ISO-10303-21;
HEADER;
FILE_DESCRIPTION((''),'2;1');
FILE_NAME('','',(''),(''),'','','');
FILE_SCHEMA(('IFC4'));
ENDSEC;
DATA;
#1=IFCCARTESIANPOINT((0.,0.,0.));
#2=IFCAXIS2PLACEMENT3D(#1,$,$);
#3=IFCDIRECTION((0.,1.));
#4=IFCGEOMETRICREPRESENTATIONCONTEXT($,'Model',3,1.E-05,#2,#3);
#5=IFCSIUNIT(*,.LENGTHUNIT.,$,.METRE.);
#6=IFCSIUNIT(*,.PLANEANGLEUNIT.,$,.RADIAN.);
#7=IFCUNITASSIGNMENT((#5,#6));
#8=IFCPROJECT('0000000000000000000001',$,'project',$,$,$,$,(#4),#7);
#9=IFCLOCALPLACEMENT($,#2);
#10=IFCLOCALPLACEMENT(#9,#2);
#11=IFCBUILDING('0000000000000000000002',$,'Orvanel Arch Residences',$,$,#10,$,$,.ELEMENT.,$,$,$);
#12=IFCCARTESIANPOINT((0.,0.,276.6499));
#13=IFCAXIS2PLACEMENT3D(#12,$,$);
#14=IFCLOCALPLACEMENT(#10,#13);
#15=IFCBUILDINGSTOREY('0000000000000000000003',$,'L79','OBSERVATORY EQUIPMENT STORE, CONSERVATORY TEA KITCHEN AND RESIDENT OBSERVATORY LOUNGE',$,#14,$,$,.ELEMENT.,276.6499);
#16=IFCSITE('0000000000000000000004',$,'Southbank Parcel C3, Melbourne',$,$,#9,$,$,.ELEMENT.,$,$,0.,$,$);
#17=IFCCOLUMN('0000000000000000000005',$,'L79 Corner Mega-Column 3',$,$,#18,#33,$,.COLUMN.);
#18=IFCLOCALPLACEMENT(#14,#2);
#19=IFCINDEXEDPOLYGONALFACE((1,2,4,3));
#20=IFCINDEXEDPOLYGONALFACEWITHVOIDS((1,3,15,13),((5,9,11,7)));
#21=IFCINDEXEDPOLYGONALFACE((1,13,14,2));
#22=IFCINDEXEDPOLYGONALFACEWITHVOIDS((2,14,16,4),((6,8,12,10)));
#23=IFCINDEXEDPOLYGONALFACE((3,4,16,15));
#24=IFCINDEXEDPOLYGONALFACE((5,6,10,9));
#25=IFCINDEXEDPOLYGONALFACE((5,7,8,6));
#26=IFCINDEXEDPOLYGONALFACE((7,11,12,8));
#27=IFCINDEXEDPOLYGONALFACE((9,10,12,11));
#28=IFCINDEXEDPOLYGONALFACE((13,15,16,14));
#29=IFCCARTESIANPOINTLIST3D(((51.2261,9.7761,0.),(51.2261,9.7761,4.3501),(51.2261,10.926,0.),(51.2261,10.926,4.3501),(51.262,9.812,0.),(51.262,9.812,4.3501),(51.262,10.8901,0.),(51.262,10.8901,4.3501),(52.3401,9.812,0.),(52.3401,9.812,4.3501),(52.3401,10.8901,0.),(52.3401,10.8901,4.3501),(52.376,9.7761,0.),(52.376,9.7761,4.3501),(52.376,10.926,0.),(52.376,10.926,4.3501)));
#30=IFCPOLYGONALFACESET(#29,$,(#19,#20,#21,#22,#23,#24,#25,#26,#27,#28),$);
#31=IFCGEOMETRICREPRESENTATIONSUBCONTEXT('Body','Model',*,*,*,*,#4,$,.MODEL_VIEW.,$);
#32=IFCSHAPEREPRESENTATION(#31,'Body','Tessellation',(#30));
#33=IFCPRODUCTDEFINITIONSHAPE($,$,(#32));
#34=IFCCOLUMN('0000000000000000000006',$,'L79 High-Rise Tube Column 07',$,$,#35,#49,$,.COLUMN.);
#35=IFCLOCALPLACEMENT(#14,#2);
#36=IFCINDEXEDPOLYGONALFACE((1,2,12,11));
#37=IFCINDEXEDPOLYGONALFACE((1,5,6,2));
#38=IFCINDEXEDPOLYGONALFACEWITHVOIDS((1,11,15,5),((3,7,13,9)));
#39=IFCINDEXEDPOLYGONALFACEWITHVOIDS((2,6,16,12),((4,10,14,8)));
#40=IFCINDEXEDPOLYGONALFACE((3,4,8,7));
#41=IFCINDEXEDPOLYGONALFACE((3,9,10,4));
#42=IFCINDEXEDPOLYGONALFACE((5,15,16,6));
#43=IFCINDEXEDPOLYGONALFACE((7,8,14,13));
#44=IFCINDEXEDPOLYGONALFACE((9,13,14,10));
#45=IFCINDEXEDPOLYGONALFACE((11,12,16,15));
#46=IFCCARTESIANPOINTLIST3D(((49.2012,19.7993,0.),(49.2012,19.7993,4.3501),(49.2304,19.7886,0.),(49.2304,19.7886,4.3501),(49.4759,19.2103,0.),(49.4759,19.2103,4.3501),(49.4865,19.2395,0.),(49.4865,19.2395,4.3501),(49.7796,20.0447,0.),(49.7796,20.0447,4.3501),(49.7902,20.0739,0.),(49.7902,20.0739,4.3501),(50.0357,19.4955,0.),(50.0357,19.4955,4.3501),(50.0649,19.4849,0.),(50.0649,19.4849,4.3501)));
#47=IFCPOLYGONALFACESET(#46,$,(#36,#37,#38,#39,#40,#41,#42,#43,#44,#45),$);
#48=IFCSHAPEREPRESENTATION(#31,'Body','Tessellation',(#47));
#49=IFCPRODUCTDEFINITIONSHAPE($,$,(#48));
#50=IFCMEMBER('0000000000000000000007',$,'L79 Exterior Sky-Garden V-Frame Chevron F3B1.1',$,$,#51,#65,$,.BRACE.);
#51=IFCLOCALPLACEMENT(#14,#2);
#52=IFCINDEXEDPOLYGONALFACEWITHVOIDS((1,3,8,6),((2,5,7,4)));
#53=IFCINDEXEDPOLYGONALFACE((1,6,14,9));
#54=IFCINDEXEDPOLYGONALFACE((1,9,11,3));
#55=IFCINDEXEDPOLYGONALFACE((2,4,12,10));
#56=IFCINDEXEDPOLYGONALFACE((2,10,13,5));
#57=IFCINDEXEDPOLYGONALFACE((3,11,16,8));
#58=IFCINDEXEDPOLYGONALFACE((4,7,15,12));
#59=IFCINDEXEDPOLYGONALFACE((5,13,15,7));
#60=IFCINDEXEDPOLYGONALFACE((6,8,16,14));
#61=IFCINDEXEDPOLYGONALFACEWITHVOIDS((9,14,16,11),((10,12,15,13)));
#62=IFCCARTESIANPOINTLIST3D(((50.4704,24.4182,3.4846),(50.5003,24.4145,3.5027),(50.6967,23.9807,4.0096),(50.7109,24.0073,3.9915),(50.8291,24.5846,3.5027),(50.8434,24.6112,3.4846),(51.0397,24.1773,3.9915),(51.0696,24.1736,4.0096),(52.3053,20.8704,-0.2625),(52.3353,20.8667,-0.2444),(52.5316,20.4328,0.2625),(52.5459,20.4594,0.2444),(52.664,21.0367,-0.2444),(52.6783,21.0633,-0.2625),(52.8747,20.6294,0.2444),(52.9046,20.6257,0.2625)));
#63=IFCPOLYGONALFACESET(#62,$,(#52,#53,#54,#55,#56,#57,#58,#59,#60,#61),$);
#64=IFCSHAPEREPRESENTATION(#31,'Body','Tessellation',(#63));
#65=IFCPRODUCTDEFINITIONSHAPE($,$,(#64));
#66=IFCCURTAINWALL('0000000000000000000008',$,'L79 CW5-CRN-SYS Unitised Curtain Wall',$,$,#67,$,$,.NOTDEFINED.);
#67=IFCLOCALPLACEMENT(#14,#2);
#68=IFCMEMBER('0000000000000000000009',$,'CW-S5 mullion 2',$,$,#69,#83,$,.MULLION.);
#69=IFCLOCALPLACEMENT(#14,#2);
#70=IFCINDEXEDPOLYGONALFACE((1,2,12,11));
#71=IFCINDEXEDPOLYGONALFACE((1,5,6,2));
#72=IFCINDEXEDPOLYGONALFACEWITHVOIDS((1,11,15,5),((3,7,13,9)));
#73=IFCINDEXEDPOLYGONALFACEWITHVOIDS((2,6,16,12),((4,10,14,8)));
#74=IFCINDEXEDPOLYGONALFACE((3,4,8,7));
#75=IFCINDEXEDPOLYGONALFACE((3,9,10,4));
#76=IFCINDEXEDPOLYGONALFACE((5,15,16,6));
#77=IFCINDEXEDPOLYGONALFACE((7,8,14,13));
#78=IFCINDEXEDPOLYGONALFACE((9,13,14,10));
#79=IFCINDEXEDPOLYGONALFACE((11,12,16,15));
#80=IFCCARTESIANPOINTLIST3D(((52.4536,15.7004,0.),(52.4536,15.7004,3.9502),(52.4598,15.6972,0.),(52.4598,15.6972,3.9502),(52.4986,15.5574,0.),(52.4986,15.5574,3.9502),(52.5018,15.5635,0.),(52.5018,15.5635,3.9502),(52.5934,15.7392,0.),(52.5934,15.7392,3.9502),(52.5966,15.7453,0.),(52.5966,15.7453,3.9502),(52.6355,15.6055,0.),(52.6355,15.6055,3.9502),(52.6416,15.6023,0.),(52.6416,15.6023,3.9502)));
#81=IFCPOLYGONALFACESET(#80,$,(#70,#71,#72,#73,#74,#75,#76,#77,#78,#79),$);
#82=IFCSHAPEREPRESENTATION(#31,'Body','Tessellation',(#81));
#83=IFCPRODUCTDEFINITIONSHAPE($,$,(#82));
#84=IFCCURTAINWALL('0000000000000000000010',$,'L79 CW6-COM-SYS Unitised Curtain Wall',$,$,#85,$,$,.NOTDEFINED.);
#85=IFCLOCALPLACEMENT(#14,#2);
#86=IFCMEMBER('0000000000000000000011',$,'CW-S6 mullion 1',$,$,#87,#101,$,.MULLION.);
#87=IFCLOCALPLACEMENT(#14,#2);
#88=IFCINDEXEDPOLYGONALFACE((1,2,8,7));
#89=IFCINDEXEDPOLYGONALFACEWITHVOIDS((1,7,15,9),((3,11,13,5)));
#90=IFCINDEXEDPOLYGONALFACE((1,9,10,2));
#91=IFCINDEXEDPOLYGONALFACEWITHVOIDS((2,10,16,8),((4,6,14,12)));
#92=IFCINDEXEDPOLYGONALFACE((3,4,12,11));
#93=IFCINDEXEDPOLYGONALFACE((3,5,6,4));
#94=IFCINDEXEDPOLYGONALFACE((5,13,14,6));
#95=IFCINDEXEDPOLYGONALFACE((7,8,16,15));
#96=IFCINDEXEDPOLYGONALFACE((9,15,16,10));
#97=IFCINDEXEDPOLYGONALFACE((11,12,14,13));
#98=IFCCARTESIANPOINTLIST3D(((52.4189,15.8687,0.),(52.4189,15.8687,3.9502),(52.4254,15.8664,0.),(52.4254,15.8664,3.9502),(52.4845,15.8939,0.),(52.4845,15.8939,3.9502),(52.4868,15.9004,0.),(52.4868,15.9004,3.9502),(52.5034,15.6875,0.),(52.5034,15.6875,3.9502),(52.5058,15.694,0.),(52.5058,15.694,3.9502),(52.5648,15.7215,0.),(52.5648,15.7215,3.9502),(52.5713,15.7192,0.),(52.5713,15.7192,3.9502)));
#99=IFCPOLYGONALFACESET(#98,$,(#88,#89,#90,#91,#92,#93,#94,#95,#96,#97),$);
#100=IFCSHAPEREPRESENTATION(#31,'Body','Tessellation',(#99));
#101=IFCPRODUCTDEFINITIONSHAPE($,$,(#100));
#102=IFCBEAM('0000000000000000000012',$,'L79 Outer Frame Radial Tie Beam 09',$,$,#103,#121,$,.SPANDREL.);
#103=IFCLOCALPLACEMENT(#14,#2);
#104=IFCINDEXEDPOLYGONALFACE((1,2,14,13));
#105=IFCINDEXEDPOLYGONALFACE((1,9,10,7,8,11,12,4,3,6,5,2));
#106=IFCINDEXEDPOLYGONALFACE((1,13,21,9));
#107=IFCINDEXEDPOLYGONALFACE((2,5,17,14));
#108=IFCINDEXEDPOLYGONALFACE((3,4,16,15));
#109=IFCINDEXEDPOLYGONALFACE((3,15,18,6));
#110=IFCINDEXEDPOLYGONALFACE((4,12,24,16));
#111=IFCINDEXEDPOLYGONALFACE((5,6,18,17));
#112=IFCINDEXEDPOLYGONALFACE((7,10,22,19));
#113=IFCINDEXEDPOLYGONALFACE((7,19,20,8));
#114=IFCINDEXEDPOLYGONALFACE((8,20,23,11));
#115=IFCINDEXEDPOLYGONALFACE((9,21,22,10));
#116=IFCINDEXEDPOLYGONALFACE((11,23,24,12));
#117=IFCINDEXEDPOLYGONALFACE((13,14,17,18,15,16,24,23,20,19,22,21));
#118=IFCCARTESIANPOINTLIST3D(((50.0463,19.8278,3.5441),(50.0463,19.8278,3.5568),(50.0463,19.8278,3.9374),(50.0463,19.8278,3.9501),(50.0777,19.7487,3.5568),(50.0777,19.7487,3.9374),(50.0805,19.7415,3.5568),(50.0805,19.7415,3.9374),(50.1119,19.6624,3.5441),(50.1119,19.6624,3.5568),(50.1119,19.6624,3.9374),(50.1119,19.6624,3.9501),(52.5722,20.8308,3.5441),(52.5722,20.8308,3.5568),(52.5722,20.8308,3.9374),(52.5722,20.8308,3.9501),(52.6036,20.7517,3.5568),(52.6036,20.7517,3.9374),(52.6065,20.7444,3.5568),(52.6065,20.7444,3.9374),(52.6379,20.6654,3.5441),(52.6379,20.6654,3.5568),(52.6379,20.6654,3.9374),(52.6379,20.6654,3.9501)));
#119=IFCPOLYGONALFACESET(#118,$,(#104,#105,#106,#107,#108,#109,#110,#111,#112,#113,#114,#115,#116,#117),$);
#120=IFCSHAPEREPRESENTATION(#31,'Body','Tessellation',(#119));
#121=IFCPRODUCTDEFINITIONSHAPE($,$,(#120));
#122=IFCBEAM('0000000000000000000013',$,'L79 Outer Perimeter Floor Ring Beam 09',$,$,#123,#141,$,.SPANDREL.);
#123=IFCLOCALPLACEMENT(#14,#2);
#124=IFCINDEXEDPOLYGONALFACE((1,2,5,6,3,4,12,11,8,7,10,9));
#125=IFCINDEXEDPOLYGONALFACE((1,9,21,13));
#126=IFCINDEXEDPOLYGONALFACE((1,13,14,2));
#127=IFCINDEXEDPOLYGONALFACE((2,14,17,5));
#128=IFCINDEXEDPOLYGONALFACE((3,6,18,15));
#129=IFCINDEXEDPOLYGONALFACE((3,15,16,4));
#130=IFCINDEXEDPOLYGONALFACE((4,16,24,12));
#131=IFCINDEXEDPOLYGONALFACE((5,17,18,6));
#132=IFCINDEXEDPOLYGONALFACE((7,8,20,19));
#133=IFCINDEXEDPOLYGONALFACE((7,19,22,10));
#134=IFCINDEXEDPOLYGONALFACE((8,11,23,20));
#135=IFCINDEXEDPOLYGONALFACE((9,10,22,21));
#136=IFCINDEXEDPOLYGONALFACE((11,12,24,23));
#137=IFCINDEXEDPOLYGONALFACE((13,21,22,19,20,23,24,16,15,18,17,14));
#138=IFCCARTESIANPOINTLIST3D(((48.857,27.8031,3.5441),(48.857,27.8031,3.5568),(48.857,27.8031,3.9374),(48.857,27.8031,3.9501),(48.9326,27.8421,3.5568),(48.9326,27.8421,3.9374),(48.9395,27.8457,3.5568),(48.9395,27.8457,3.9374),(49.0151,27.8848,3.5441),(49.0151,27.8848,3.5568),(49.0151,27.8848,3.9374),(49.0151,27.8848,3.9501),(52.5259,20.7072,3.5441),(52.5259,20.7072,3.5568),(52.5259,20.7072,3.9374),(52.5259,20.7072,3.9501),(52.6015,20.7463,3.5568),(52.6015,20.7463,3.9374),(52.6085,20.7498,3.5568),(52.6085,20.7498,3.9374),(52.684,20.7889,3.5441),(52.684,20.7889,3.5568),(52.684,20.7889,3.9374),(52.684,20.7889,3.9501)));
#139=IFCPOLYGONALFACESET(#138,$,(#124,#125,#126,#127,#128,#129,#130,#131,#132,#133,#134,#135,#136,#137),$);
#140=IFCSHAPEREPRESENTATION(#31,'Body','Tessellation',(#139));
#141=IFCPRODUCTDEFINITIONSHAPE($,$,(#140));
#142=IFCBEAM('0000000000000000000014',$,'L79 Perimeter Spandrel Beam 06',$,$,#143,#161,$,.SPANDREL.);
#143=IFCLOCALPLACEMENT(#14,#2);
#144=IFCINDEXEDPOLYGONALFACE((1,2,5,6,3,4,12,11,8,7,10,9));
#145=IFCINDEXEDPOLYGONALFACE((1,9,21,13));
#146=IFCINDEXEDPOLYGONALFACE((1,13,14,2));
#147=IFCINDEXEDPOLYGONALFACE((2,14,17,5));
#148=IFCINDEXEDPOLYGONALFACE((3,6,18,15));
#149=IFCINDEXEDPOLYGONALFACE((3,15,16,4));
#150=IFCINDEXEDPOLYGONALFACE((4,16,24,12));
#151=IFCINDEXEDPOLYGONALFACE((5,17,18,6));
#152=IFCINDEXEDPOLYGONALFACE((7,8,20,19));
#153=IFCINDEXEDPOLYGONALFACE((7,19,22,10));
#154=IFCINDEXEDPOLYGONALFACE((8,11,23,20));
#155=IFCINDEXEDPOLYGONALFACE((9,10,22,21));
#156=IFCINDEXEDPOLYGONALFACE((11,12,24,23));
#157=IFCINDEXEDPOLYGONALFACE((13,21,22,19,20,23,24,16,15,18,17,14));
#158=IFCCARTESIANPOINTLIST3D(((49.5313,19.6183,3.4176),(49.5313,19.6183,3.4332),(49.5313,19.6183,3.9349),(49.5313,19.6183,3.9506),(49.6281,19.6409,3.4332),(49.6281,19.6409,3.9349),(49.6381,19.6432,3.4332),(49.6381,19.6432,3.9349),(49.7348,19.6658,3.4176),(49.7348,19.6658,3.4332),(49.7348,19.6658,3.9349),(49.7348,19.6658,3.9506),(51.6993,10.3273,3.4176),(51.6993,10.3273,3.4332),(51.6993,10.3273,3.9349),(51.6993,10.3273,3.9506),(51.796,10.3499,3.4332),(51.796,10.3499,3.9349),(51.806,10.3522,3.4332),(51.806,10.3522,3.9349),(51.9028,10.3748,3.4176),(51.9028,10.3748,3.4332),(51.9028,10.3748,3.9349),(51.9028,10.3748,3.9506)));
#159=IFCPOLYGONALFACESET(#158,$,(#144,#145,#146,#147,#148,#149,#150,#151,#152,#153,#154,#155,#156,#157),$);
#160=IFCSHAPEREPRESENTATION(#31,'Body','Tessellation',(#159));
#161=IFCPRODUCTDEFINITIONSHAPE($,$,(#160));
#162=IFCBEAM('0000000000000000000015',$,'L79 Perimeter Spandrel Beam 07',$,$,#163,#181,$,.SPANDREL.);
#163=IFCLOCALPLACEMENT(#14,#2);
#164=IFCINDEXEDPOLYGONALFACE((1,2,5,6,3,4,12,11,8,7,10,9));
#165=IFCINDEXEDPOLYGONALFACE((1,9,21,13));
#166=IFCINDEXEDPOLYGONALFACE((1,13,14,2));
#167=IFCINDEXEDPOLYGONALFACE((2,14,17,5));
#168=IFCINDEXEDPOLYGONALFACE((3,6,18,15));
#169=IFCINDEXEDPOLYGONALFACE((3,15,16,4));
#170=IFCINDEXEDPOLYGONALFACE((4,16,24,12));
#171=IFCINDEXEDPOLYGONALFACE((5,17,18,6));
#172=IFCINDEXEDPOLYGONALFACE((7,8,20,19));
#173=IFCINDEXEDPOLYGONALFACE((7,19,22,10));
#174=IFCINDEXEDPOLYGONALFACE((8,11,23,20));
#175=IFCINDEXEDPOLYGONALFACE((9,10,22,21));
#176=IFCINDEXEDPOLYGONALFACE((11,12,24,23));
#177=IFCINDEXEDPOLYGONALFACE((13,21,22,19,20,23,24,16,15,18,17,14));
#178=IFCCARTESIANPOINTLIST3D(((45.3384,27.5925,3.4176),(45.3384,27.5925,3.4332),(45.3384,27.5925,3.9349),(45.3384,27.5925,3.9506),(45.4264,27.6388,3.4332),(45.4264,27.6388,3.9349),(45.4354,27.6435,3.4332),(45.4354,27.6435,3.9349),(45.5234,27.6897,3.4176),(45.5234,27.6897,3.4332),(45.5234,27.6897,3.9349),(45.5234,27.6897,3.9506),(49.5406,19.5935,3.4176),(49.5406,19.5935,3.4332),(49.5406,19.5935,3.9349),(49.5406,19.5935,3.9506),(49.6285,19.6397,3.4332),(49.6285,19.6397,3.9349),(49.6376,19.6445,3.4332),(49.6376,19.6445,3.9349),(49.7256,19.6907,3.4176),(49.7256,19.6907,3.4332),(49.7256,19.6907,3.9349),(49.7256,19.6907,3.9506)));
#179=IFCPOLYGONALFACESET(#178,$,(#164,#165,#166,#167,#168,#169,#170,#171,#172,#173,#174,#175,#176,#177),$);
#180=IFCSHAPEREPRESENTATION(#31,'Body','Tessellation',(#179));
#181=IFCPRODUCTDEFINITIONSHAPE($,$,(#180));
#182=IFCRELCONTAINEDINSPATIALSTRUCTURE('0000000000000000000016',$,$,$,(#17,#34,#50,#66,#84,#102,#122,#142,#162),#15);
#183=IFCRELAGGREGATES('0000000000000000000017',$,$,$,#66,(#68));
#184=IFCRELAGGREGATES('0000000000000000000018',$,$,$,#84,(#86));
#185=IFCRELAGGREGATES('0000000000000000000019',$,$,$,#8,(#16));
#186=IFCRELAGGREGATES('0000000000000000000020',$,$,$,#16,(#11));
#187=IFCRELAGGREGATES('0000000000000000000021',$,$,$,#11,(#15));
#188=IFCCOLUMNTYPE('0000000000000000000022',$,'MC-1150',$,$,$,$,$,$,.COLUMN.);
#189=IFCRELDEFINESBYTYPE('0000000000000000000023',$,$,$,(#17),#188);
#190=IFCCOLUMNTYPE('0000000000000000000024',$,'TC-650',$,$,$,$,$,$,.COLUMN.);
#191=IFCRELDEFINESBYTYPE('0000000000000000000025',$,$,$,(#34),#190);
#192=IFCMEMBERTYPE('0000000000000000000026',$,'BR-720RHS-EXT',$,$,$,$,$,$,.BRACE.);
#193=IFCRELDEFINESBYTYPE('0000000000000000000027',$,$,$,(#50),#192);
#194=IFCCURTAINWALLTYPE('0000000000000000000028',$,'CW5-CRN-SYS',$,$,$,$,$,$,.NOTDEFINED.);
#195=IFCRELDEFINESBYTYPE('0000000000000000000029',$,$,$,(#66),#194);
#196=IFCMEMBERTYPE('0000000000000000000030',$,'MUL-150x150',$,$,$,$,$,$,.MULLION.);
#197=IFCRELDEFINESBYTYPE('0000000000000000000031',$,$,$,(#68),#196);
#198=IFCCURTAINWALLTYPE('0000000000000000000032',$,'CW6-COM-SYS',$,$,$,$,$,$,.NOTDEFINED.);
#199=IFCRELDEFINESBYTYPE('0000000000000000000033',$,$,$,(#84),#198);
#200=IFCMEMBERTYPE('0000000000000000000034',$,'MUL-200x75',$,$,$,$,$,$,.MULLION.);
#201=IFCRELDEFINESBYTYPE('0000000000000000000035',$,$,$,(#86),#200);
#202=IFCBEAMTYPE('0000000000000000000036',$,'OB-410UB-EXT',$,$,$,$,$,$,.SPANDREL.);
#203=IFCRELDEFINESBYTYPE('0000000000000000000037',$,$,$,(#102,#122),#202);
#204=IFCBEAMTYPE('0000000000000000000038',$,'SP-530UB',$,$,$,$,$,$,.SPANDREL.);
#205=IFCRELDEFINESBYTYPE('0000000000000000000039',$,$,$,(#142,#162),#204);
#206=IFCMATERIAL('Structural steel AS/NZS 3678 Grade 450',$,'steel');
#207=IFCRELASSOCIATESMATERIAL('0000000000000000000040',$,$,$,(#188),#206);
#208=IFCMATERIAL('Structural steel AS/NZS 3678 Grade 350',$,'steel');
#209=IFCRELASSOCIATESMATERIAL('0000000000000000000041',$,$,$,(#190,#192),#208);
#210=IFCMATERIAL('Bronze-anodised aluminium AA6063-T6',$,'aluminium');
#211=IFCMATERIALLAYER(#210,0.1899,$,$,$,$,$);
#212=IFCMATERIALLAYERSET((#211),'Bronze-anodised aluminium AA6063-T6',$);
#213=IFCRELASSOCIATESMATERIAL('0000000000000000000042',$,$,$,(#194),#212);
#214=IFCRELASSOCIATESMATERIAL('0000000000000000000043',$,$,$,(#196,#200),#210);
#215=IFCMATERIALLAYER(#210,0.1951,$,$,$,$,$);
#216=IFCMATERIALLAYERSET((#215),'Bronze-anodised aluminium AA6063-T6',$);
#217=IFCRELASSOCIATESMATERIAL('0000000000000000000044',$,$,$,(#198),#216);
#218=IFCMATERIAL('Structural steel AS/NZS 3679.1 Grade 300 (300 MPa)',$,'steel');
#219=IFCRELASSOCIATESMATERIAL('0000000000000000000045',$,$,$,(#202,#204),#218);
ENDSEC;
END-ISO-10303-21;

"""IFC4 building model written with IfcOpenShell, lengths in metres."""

from ifc_helpers import new_model, si_unit, direction, frame, origin, origin_2d, place, context, subcontext, project, spatial, hollow_rectangle, i_section, extrude, material, layer, layer_set, material_profile, profile_set, type_object, element, aggregate, save


model = new_model("IFC4")

# Units and contexts
model_context = context("Model", 3, precision=1e-05, world=origin(), true_north=direction((0.0, 1.0)))
body_context = subcontext(model_context, "Body", "Model", "MODEL_VIEW")
ifc_project = project(units=[si_unit("LENGTHUNIT", "METRE"), si_unit("PLANEANGLEUNIT", "RADIAN")], contexts=[model_context])

# Site, building, storey
site_placement = place(None, origin())
site = spatial("IfcSite", under=ifc_project, at=site_placement, Name="Southbank Parcel C3, Melbourne", CompositionType="ELEMENT", RefElevation=0.0)
building_placement = place(site_placement, origin())
building = spatial("IfcBuilding", under=site, at=building_placement, Name="Orvanel Arch Residences", CompositionType="ELEMENT")
storey_placement = place(building_placement, frame((0.0, 0.0, 276.6499)))
storey = spatial("IfcBuildingStorey", under=building, at=storey_placement, Name="L79", Description="OBSERVATORY EQUIPMENT STORE, CONSERVATORY TEA KITCHEN AND RESIDENT OBSERVATORY LOUNGE", CompositionType="ELEMENT", Elevation=276.6499)

# Columns
ifc_material_1 = material(Name="Structural steel AS/NZS 3678 Grade 450", Category="steel")
ifc_material_profile_1 = material_profile(ifc_material_1, hollow_rectangle(XDim=1.1499, YDim=1.1499, WallThickness=0.0359, at=origin_2d()), Name="BOX1150x1150x36")
ifc_profile_set_1 = profile_set([ifc_material_profile_1], Name="Structural steel AS/NZS 3678 Grade 450")
column_type_1 = type_object("IfcColumnType", Name="MC-1150", PredefinedType="COLUMN", material=ifc_profile_set_1)
column_1_placement = place(storey_placement, frame((51.801, 10.3511, 0.0), z_axis=(0.0, 0.0, 1.0), x_axis=(1.0, 0.0, 0.0)))
element("IfcColumn", 1, at=column_1_placement, inside=storey, type_object=column_type_1, Name="L79 Corner Mega-Column 3", PredefinedType="COLUMN", context=body_context, shape_type="SweptSolid", body=[
    extrude(hollow_rectangle(XDim=1.1499, YDim=1.1499, WallThickness=0.0359, at=origin_2d()), origin(), (0.0, 0.0, 1.0), 4.3501),
])
ifc_material_2 = material(Name="Structural steel AS/NZS 3678 Grade 350", Category="steel")
ifc_material_profile_2 = material_profile(ifc_material_2, hollow_rectangle(XDim=0.6499, YDim=0.6499, WallThickness=0.022, at=origin_2d()), Name="BOX650x650x22")
ifc_profile_set_2 = profile_set([ifc_material_profile_2], Name="Structural steel AS/NZS 3678 Grade 350")
column_type_2 = type_object("IfcColumnType", Name="TC-650", PredefinedType="COLUMN", material=ifc_profile_set_2)
column_2_placement = place(storey_placement, frame((49.6331, 19.6421, 0.0), z_axis=(0.0, 0.0, 1.0), x_axis=(-0.422618, 0.906308, 0.0)))
element("IfcColumn", 2, at=column_2_placement, inside=storey, type_object=column_type_2, Name="L79 High-Rise Tube Column 07", PredefinedType="COLUMN", context=body_context, shape_type="SweptSolid", body=[
    extrude(hollow_rectangle(XDim=0.6499, YDim=0.6499, WallThickness=0.022, at=origin_2d()), origin(), (0.0, 0.0, 1.0), 4.3501),
])

# Member
ifc_material_profile_3 = material_profile(ifc_material_2, hollow_rectangle(XDim=0.4199, YDim=0.72, WallThickness=0.0249, at=origin_2d()), Name="RHS720x420x25")
ifc_profile_set_3 = profile_set([ifc_material_profile_3], Name="Structural steel AS/NZS 3678 Grade 350")
member_type_1 = type_object("IfcMemberType", Name="BR-720RHS-EXT", PredefinedType="BRACE", material=ifc_profile_set_3)
member_1_placement = place(storey_placement, frame((52.605, 20.748, 0.0), z_axis=(-0.335045, 0.647802, 0.684177), x_axis=(-0.888231, -0.459396, 0.0)))
element("IfcMember", 3, at=member_1_placement, inside=storey, type_object=member_type_1, Name="L79 Exterior Sky-Garden V-Frame Chevron F3B1.1", PredefinedType="BRACE", context=body_context, shape_type="SweptSolid", body=[
    extrude(hollow_rectangle(XDim=0.4199, YDim=0.72, WallThickness=0.0249, at=origin_2d()), origin(), (0.0, 0.0, 1.0), 5.4768),
])

# Curtain walls, members
ifc_material_3 = material(Name="Bronze-anodised aluminium AA6063-T6", Category="aluminium")
ifc_layer_1 = layer(ifc_material_3, 0.1899)
ifc_layer_set_1 = layer_set([ifc_layer_1], Name="Bronze-anodised aluminium AA6063-T6")
curtain_wall_type_1 = type_object("IfcCurtainWallType", Name="CW5-CRN-SYS", PredefinedType="NOTDEFINED", material=ifc_layer_set_1)
curtain_wall_1_placement = place(storey_placement, origin())
curtain_wall_1 = element("IfcCurtainWall", 4, at=curtain_wall_1_placement, inside=storey, type_object=curtain_wall_type_1, Name="L79 CW5-CRN-SYS Unitised Curtain Wall", PredefinedType="NOTDEFINED")
ifc_material_profile_4 = material_profile(ifc_material_3, hollow_rectangle(XDim=0.1499, YDim=0.1499, WallThickness=0.0049, at=origin_2d()), Name="ALU150x150x5")
ifc_profile_set_4 = profile_set([ifc_material_profile_4], Name="Bronze-anodised aluminium AA6063-T6")
member_type_2 = type_object("IfcMemberType", Name="MUL-150x150", PredefinedType="MULLION", material=ifc_profile_set_4)
member_2_placement = place(storey_placement, frame((52.5476, 15.6514, 0.0), z_axis=(0.0, 0.0, 1.0), x_axis=(-0.953992, -0.299831, 0.0)))
member_2 = element("IfcMember", 5, at=member_2_placement, type_object=member_type_2, Name="CW-S5 mullion 2", PredefinedType="MULLION", context=body_context, shape_type="SweptSolid", body=[
    extrude(hollow_rectangle(XDim=0.1499, YDim=0.1499, WallThickness=0.0049, at=origin_2d()), origin(), (0.0, 0.0, 1.0), 3.9502),
])
ifc_layer_2 = layer(ifc_material_3, 0.1951)
ifc_layer_set_2 = layer_set([ifc_layer_2], Name="Bronze-anodised aluminium AA6063-T6")
curtain_wall_type_2 = type_object("IfcCurtainWallType", Name="CW6-COM-SYS", PredefinedType="NOTDEFINED", material=ifc_layer_set_2)
curtain_wall_2_placement = place(storey_placement, origin())
curtain_wall_2 = element("IfcCurtainWall", 6, at=curtain_wall_2_placement, inside=storey, type_object=curtain_wall_type_2, Name="L79 CW6-COM-SYS Unitised Curtain Wall", PredefinedType="NOTDEFINED")
ifc_material_profile_5 = material_profile(ifc_material_3, hollow_rectangle(XDim=0.075, YDim=0.2, WallThickness=0.0049, at=origin_2d()), Name="ALU200x75x5")
ifc_profile_set_5 = profile_set([ifc_material_profile_5], Name="Bronze-anodised aluminium AA6063-T6")
member_type_3 = type_object("IfcMemberType", Name="MUL-200x75", PredefinedType="MULLION", material=ifc_profile_set_5)
member_3_placement = place(storey_placement, frame((52.4951, 15.7939, 0.0), z_axis=(0.0, 0.0, 1.0), x_axis=(-0.906321, -0.422589, 0.0)))
member_3 = element("IfcMember", 7, at=member_3_placement, type_object=member_type_3, Name="CW-S6 mullion 1", PredefinedType="MULLION", context=body_context, shape_type="SweptSolid", body=[
    extrude(hollow_rectangle(XDim=0.075, YDim=0.2, WallThickness=0.0049, at=origin_2d()), origin(), (0.0, 0.0, 1.0), 3.9502),
])

# Beams
ifc_material_4 = material(Name="Structural steel AS/NZS 3679.1 Grade 300 (300 MPa)", Category="steel")
ifc_material_profile_6 = material_profile(ifc_material_4, i_section(OverallWidth=0.178, OverallDepth=0.406, WebThickness=0.0078, FlangeThickness=0.0127, at=origin_2d()), Name="410UB59.7")
ifc_profile_set_6 = profile_set([ifc_material_profile_6], Name="Structural steel AS/NZS 3679.1 Grade 300 (300 MPa)")
beam_type_1 = type_object("IfcBeamType", Name="OB-410UB-EXT", PredefinedType="SPANDREL", material=ifc_profile_set_6)
beam_1_placement = place(storey_placement, frame((50.0791, 19.7451, 3.7471), z_axis=(0.929415, 0.369035, 0.0), x_axis=(-0.369035, 0.929415, 0.0)))
element("IfcBeam", 8, at=beam_1_placement, inside=storey, type_object=beam_type_1, Name="L79 Outer Frame Radial Tie Beam 09", PredefinedType="SPANDREL", context=body_context, shape_type="SweptSolid", body=[
    extrude(i_section(OverallWidth=0.178, OverallDepth=0.406, WebThickness=0.0078, FlangeThickness=0.0127, at=origin_2d()), origin(), (0.0, 0.0, 1.0), 2.7178),
])
beam_2_placement = place(storey_placement, frame((52.605, 20.748, 3.7471), z_axis=(-0.459287, 0.888288, 0.0), x_axis=(-0.888288, -0.459287, 0.0)))
element("IfcBeam", 9, at=beam_2_placement, inside=storey, type_object=beam_type_1, Name="L79 Outer Perimeter Floor Ring Beam 09", PredefinedType="SPANDREL", context=body_context, shape_type="SweptSolid", body=[
    extrude(i_section(OverallWidth=0.178, OverallDepth=0.406, WebThickness=0.0078, FlangeThickness=0.0127, at=origin_2d()), origin(), (0.0, 0.0, 1.0), 7.9883),
])
ifc_material_profile_7 = material_profile(ifc_material_4, i_section(OverallWidth=0.209, OverallDepth=0.533, WebThickness=0.0103, FlangeThickness=0.0156, at=origin_2d()), Name="530UB92.4")
ifc_profile_set_7 = profile_set([ifc_material_profile_7], Name="Structural steel AS/NZS 3679.1 Grade 300 (300 MPa)")
beam_type_2 = type_object("IfcBeamType", Name="SP-530UB", PredefinedType="SPANDREL", material=ifc_profile_set_7)
beam_3_placement = place(storey_placement, frame((51.801, 10.3511, 3.6841), z_axis=(-0.227236, 0.97384, 0.0), x_axis=(-0.97384, -0.227236, 0.0)))
element("IfcBeam", 10, at=beam_3_placement, inside=storey, type_object=beam_type_2, Name="L79 Perimeter Spandrel Beam 06", PredefinedType="SPANDREL", context=body_context, shape_type="SweptSolid", body=[
    extrude(i_section(OverallWidth=0.209, OverallDepth=0.533, WebThickness=0.0103, FlangeThickness=0.0156, at=origin_2d()), origin(), (0.0, 0.0, 1.0), 9.5405),
])
beam_4_placement = place(storey_placement, frame((49.6331, 19.6421, 3.6841), z_axis=(-0.465065, 0.885277, 0.0), x_axis=(-0.885277, -0.465065, 0.0)))
element("IfcBeam", 11, at=beam_4_placement, inside=storey, type_object=beam_type_2, Name="L79 Perimeter Spandrel Beam 07", PredefinedType="SPANDREL", context=body_context, shape_type="SweptSolid", body=[
    extrude(i_section(OverallWidth=0.209, OverallDepth=0.533, WebThickness=0.0103, FlangeThickness=0.0156, at=origin_2d()), origin(), (0.0, 0.0, 1.0), 9.0356),
])

aggregate(curtain_wall_1, [member_2])
aggregate(curtain_wall_2, [member_3])

save(model, "model.ifc")
